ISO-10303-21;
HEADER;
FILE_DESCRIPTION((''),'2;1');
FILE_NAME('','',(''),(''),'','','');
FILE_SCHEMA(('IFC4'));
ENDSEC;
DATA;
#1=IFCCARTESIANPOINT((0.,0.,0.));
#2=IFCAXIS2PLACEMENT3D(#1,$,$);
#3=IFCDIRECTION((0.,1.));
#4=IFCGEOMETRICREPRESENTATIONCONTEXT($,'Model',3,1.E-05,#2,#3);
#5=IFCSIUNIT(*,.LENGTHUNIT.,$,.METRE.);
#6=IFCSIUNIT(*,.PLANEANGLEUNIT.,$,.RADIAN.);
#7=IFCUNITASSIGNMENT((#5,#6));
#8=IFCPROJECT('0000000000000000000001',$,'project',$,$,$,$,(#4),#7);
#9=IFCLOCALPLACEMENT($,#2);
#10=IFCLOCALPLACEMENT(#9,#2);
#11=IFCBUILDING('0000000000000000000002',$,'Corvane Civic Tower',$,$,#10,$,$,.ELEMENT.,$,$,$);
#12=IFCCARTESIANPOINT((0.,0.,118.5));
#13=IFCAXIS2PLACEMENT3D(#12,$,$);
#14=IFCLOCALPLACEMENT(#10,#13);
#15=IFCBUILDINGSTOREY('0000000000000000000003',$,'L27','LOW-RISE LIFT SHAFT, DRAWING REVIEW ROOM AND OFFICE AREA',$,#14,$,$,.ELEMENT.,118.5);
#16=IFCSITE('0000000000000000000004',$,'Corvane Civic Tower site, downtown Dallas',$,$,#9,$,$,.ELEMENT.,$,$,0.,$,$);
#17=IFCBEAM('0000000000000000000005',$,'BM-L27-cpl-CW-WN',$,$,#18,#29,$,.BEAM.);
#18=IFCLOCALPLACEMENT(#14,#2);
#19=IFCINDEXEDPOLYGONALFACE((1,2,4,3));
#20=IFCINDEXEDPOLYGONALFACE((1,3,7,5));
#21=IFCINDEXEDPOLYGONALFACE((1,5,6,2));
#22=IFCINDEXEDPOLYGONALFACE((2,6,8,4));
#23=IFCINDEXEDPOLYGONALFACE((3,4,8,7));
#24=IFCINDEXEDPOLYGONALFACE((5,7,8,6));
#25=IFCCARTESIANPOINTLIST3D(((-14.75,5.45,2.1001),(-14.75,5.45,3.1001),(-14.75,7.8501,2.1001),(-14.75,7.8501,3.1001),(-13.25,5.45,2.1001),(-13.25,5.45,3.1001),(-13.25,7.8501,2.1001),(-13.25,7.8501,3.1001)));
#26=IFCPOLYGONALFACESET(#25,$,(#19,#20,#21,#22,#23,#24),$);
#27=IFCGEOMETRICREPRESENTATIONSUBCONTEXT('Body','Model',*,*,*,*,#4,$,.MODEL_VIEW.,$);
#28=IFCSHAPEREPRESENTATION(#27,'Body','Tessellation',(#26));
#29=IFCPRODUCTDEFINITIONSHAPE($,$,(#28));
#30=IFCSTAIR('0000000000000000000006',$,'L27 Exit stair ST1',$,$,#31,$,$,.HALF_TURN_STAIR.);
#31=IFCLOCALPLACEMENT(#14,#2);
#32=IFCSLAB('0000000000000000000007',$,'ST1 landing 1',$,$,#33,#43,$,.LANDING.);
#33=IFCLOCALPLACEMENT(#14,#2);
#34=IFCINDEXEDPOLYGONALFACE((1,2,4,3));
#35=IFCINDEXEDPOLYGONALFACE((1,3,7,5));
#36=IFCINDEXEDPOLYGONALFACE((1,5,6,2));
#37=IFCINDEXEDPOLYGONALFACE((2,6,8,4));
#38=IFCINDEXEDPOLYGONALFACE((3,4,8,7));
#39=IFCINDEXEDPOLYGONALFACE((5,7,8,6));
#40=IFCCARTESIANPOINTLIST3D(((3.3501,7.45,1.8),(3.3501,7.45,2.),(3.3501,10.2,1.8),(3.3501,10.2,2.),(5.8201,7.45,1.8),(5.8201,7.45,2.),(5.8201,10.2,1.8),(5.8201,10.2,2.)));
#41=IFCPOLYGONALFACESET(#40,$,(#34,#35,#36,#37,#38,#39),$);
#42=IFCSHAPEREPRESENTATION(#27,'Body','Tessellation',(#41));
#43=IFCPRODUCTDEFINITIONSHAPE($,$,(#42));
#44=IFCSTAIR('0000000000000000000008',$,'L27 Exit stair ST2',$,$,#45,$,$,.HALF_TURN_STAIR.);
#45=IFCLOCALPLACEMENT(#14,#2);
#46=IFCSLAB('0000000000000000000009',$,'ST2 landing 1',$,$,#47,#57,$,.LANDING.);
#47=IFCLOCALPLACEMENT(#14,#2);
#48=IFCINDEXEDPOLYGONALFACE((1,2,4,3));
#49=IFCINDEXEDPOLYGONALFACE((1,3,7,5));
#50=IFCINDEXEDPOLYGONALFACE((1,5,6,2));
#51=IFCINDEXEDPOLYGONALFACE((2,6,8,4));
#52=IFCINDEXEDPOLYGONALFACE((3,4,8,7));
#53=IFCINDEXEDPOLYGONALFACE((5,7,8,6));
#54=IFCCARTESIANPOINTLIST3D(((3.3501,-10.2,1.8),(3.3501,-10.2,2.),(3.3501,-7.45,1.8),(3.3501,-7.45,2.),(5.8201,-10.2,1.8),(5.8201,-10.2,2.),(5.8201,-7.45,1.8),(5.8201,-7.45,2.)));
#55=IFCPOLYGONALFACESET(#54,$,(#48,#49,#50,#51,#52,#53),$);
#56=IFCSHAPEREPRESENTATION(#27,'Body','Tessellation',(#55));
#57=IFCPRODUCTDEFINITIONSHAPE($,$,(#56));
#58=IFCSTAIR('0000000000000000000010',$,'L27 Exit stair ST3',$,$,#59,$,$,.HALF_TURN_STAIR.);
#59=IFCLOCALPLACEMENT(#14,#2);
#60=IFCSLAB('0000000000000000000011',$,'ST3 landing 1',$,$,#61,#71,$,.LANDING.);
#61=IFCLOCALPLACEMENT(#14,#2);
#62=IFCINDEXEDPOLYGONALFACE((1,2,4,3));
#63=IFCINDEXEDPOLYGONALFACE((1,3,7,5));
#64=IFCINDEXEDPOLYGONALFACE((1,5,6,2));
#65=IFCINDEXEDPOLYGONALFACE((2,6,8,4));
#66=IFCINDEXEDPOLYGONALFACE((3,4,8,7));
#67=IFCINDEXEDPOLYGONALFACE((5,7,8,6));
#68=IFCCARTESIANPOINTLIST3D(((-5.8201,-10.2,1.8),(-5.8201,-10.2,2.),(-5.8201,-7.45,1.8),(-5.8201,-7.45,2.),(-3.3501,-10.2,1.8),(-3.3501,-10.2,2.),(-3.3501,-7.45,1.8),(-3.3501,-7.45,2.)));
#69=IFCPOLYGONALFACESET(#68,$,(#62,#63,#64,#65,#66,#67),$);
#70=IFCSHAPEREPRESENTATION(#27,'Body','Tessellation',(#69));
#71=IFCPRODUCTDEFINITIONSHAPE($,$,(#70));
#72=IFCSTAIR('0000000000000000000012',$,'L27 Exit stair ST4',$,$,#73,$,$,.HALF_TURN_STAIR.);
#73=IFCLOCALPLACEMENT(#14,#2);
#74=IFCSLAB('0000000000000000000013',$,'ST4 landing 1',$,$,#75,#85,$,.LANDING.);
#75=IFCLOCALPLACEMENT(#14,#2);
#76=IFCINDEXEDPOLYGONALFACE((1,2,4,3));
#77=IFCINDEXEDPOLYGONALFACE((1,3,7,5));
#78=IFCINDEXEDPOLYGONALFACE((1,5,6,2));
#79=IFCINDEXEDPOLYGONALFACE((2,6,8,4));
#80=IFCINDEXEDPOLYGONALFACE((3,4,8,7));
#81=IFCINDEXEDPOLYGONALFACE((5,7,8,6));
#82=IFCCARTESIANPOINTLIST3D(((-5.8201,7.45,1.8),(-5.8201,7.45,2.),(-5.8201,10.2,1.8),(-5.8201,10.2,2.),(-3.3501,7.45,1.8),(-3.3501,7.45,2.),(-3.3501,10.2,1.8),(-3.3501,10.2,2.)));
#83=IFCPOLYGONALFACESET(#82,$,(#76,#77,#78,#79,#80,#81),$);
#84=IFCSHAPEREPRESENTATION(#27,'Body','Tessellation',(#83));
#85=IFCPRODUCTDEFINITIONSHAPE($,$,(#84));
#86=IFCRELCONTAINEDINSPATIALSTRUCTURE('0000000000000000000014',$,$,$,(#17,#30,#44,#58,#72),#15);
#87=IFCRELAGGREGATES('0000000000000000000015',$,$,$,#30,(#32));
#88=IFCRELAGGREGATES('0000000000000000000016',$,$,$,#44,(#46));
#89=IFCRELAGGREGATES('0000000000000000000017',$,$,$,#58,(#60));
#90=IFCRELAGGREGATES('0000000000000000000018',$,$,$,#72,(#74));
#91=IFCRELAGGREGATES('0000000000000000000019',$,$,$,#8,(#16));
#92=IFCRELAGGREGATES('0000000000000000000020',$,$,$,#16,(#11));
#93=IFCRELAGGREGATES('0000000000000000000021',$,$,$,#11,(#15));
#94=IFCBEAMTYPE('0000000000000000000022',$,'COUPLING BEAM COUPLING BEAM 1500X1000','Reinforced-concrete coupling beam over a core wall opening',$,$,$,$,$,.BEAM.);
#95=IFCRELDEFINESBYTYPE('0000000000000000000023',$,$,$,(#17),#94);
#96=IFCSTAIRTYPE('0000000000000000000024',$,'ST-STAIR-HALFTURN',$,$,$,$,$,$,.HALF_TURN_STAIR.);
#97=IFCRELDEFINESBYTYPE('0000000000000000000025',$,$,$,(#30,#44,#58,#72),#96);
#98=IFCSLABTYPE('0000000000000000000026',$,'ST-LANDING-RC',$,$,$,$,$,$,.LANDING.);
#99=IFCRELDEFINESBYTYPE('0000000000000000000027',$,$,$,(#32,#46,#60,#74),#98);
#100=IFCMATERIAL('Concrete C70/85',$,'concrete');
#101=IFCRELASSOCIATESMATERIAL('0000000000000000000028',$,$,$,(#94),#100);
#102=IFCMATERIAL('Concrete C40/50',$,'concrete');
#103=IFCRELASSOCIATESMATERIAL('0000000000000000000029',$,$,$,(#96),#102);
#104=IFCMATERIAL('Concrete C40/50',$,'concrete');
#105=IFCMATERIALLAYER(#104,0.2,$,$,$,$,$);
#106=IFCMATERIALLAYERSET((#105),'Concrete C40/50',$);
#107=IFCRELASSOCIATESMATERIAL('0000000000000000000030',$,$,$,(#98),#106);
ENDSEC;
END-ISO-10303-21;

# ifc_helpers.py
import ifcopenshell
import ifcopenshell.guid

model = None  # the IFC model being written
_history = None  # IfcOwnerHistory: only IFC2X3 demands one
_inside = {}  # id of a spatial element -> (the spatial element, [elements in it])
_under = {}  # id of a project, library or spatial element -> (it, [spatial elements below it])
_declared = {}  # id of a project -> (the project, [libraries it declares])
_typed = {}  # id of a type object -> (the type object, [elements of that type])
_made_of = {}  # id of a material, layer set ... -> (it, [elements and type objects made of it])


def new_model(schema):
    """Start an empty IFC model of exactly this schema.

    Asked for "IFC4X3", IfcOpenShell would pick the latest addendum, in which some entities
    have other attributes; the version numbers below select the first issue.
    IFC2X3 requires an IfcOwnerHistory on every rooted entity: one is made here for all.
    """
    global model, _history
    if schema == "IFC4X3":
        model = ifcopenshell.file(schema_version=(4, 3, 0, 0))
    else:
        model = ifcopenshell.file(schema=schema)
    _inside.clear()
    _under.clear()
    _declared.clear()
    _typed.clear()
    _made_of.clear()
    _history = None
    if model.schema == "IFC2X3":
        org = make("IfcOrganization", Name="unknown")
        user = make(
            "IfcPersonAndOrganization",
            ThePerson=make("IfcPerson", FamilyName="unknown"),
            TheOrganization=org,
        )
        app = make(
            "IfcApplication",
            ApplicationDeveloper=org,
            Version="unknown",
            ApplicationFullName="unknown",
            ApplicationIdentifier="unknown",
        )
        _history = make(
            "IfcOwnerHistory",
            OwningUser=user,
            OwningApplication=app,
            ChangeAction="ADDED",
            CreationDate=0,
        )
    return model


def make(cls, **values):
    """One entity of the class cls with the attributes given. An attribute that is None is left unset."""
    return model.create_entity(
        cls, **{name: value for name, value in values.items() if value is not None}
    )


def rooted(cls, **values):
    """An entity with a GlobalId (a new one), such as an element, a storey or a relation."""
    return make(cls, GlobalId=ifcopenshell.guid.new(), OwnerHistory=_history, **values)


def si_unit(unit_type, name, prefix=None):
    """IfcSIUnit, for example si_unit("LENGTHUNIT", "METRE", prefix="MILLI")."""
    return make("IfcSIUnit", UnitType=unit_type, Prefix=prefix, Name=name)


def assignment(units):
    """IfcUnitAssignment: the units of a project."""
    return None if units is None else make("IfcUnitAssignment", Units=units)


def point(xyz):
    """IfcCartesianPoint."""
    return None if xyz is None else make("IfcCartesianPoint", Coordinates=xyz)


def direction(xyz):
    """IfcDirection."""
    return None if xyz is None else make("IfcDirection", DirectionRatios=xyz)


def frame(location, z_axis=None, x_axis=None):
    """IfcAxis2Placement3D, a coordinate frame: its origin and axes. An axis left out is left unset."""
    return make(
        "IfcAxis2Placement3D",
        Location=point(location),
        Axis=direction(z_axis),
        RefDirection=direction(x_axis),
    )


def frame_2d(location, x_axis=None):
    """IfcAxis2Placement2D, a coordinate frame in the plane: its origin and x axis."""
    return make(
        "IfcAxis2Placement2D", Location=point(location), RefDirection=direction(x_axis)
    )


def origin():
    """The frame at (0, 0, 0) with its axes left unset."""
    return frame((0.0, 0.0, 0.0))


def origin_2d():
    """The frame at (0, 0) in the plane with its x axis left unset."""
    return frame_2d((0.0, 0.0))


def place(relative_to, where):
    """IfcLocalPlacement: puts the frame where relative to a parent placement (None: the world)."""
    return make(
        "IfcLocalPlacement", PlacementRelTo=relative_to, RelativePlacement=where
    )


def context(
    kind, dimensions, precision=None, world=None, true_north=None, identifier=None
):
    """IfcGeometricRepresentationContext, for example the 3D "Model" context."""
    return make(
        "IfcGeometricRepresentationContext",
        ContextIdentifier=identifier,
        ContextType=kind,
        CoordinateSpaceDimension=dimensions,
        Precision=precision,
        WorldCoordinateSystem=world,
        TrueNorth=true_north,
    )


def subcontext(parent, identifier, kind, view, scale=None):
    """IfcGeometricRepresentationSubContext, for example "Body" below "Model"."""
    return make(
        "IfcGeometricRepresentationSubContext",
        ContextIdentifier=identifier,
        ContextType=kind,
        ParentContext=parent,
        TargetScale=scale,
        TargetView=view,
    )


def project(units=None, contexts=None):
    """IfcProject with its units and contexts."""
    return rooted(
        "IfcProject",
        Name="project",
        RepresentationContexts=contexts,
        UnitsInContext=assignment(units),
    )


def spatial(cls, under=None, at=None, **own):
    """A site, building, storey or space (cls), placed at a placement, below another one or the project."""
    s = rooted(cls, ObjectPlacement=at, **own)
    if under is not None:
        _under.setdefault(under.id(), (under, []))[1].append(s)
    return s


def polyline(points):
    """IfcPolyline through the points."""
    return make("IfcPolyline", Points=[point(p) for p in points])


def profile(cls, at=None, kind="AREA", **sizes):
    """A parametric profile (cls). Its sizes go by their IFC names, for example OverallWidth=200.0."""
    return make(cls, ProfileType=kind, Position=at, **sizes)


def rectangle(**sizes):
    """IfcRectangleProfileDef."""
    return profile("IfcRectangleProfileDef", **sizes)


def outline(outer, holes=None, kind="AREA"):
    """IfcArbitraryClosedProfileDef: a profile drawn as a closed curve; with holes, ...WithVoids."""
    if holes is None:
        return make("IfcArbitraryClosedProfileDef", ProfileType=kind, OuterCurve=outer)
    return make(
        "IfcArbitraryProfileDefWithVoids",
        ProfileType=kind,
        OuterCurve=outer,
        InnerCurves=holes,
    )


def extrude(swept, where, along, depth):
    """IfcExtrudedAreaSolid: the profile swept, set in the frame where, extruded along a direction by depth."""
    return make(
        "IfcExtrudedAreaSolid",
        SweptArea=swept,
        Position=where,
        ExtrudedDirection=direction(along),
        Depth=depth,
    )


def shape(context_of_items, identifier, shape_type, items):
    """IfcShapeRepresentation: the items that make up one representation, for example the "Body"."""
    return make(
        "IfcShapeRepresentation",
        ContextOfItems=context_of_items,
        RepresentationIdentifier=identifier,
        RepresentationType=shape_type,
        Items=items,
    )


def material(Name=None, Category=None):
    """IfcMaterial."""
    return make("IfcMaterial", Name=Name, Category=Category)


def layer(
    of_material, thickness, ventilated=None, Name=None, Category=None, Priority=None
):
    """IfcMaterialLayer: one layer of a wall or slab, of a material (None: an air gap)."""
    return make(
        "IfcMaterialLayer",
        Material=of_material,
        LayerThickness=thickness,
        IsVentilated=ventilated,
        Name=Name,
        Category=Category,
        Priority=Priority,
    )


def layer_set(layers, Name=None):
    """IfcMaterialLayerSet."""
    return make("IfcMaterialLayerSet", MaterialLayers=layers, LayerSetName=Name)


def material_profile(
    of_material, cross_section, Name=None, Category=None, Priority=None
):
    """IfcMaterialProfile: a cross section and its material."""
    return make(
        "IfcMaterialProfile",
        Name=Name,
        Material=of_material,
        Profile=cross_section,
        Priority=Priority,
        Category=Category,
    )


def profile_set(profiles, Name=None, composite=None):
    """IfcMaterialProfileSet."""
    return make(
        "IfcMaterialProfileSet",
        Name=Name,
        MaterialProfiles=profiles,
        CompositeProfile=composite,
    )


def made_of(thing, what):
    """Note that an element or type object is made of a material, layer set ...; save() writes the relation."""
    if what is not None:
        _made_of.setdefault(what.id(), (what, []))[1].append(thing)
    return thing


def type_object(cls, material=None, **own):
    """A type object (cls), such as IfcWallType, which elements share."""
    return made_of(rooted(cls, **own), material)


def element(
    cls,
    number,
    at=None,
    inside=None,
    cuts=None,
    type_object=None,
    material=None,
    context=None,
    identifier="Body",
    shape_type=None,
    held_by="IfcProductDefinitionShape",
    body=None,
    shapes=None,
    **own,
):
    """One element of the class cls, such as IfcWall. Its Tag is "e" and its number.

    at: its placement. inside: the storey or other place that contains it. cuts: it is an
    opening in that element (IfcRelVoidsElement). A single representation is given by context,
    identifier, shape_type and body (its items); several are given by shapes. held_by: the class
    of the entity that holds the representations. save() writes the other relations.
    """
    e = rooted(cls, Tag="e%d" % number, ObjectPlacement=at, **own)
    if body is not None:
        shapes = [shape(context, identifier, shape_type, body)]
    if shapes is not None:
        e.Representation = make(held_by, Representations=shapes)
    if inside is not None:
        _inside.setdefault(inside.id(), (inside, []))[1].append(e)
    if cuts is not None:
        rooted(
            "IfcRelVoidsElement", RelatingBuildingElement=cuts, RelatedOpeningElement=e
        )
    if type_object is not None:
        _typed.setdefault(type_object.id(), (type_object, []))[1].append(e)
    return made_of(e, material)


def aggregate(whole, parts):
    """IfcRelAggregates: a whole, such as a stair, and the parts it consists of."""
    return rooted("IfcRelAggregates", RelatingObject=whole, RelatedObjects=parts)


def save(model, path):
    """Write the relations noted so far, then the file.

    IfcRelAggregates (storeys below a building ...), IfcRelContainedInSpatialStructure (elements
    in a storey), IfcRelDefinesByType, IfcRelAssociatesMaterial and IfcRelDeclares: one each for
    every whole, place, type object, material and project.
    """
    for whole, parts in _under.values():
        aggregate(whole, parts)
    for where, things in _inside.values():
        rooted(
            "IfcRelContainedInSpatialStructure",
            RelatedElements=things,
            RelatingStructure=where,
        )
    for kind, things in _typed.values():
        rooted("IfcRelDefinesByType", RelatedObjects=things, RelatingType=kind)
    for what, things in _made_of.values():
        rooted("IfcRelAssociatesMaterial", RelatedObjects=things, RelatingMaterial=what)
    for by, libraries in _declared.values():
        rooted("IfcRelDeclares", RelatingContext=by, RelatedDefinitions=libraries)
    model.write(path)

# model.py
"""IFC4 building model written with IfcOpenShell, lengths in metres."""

from ifc_helpers import new_model, si_unit, direction, frame, origin, origin_2d, place, context, subcontext, project, spatial, polyline, rectangle, outline, extrude, material, layer, layer_set, material_profile, profile_set, type_object, element, aggregate, save


model = new_model("IFC4")

# Units and contexts
model_context = context("Model", 3, precision=1e-05, world=origin(), true_north=direction((0.0, 1.0)))
body_context = subcontext(model_context, "Body", "Model", "MODEL_VIEW")
ifc_project = project(units=[si_unit("LENGTHUNIT", "METRE"), si_unit("PLANEANGLEUNIT", "RADIAN")], contexts=[model_context])

# Site, building, storey
site_placement = place(None, origin())
site = spatial("IfcSite", under=ifc_project, at=site_placement, Name="Corvane Civic Tower site, downtown Dallas", CompositionType="ELEMENT", RefElevation=0.0)
building_placement = place(site_placement, origin())
building = spatial("IfcBuilding", under=site, at=building_placement, Name="Corvane Civic Tower", CompositionType="ELEMENT")
storey_placement = place(building_placement, frame((0.0, 0.0, 118.5)))
storey = spatial("IfcBuildingStorey", under=building, at=storey_placement, Name="L27", Description="LOW-RISE LIFT SHAFT, DRAWING REVIEW ROOM AND OFFICE AREA", CompositionType="ELEMENT", Elevation=118.5)

# Beam
ifc_material_1 = material(Name="Concrete C70/85", Category="concrete")
ifc_material_profile = material_profile(ifc_material_1, rectangle(XDim=1.5, YDim=1.0, at=origin_2d()), Name="COUPLING BEAM 1500X1000")
ifc_profile_set = profile_set([ifc_material_profile], Name="Concrete C70/85")
beam_type = type_object("IfcBeamType", Name="COUPLING BEAM COUPLING BEAM 1500X1000", Description="Reinforced-concrete coupling beam over a core wall opening", PredefinedType="BEAM", material=ifc_profile_set)
beam_placement = place(storey_placement, frame((-14.0, 5.45, 2.6001), z_axis=(0.0, 1.0, 0.0), x_axis=(-1.0, 0.0, 0.0)))
element("IfcBeam", 1, at=beam_placement, inside=storey, type_object=beam_type, Name="BM-L27-cpl-CW-WN", PredefinedType="BEAM", context=body_context, shape_type="SweptSolid", body=[
    extrude(rectangle(XDim=1.5, YDim=1.0, at=origin_2d()), origin(), (0.0, 0.0, 1.0), 2.4001),
])

# Stairs, slabs
ifc_material_2 = material(Name="Concrete C40/50", Category="concrete")
stair_type = type_object("IfcStairType", Name="ST-STAIR-HALFTURN", PredefinedType="HALF_TURN_STAIR", material=ifc_material_2)
stair_1_placement = place(storey_placement, origin())
stair_1 = element("IfcStair", 2, at=stair_1_placement, inside=storey, type_object=stair_type, Name="L27 Exit stair ST1", PredefinedType="HALF_TURN_STAIR")
ifc_material_3 = material(Name="Concrete C40/50", Category="concrete")
ifc_layer_1 = layer(ifc_material_3, 0.2)
ifc_layer_set_1 = layer_set([ifc_layer_1], Name="Concrete C40/50")
slab_type_1 = type_object("IfcSlabType", Name="ST-LANDING-RC", PredefinedType="LANDING", material=ifc_layer_set_1)
slab_1_placement = place(storey_placement, frame((0.0, 0.0, 1.8)))
slab_1 = element("IfcSlab", 3, at=slab_1_placement, type_object=slab_type_1, Name="ST1 landing 1", PredefinedType="LANDING", context=body_context, shape_type="SweptSolid", body=[
    extrude(outline(polyline([(5.8201, 10.2), (3.3501, 10.2), (3.3501, 7.45), (5.8201, 7.45), (5.8201, 10.2)])), origin(), (0.0, 0.0, 1.0), 0.2),
])
aggregate(stair_1, [slab_1])
stair_2_placement = place(storey_placement, origin())
stair_2 = element("IfcStair", 4, at=stair_2_placement, inside=storey, type_object=stair_type, Name="L27 Exit stair ST2", PredefinedType="HALF_TURN_STAIR")
slab_2_placement = place(storey_placement, frame((0.0, 0.0, 1.8)))
slab_2 = element("IfcSlab", 5, at=slab_2_placement, type_object=slab_type_1, Name="ST2 landing 1", PredefinedType="LANDING", context=body_context, shape_type="SweptSolid", body=[
    extrude(outline(polyline([(5.8201, -7.45), (3.3501, -7.45), (3.3501, -10.2), (5.8201, -10.2), (5.8201, -7.45)])), origin(), (0.0, 0.0, 1.0), 0.2),
])
aggregate(stair_2, [slab_2])
stair_3_placement = place(storey_placement, origin())
stair_3 = element("IfcStair", 6, at=stair_3_placement, inside=storey, type_object=stair_type, Name="L27 Exit stair ST3", PredefinedType="HALF_TURN_STAIR")
slab_3_placement = place(storey_placement, frame((0.0, 0.0, 1.8)))
slab_3 = element("IfcSlab", 7, at=slab_3_placement, type_object=slab_type_1, Name="ST3 landing 1", PredefinedType="LANDING", context=body_context, shape_type="SweptSolid", body=[
    extrude(outline(polyline([(-5.8201, -10.2), (-3.3501, -10.2), (-3.3501, -7.45), (-5.8201, -7.45), (-5.8201, -10.2)])), origin(), (0.0, 0.0, 1.0), 0.2),
])
aggregate(stair_3, [slab_3])
stair_4_placement = place(storey_placement, origin())
stair_4 = element("IfcStair", 8, at=stair_4_placement, inside=storey, type_object=stair_type, Name="L27 Exit stair ST4", PredefinedType="HALF_TURN_STAIR")
slab_4_placement = place(storey_placement, frame((0.0, 0.0, 1.8)))
slab_4 = element("IfcSlab", 9, at=slab_4_placement, type_object=slab_type_1, Name="ST4 landing 1", PredefinedType="LANDING", context=body_context, shape_type="SweptSolid", body=[
    extrude(outline(polyline([(-5.8201, 7.45), (-3.3501, 7.45), (-3.3501, 10.2), (-5.8201, 10.2), (-5.8201, 7.45)])), origin(), (0.0, 0.0, 1.0), 0.2),
])
aggregate(stair_4, [slab_4])

save(model, "model.ifc")
